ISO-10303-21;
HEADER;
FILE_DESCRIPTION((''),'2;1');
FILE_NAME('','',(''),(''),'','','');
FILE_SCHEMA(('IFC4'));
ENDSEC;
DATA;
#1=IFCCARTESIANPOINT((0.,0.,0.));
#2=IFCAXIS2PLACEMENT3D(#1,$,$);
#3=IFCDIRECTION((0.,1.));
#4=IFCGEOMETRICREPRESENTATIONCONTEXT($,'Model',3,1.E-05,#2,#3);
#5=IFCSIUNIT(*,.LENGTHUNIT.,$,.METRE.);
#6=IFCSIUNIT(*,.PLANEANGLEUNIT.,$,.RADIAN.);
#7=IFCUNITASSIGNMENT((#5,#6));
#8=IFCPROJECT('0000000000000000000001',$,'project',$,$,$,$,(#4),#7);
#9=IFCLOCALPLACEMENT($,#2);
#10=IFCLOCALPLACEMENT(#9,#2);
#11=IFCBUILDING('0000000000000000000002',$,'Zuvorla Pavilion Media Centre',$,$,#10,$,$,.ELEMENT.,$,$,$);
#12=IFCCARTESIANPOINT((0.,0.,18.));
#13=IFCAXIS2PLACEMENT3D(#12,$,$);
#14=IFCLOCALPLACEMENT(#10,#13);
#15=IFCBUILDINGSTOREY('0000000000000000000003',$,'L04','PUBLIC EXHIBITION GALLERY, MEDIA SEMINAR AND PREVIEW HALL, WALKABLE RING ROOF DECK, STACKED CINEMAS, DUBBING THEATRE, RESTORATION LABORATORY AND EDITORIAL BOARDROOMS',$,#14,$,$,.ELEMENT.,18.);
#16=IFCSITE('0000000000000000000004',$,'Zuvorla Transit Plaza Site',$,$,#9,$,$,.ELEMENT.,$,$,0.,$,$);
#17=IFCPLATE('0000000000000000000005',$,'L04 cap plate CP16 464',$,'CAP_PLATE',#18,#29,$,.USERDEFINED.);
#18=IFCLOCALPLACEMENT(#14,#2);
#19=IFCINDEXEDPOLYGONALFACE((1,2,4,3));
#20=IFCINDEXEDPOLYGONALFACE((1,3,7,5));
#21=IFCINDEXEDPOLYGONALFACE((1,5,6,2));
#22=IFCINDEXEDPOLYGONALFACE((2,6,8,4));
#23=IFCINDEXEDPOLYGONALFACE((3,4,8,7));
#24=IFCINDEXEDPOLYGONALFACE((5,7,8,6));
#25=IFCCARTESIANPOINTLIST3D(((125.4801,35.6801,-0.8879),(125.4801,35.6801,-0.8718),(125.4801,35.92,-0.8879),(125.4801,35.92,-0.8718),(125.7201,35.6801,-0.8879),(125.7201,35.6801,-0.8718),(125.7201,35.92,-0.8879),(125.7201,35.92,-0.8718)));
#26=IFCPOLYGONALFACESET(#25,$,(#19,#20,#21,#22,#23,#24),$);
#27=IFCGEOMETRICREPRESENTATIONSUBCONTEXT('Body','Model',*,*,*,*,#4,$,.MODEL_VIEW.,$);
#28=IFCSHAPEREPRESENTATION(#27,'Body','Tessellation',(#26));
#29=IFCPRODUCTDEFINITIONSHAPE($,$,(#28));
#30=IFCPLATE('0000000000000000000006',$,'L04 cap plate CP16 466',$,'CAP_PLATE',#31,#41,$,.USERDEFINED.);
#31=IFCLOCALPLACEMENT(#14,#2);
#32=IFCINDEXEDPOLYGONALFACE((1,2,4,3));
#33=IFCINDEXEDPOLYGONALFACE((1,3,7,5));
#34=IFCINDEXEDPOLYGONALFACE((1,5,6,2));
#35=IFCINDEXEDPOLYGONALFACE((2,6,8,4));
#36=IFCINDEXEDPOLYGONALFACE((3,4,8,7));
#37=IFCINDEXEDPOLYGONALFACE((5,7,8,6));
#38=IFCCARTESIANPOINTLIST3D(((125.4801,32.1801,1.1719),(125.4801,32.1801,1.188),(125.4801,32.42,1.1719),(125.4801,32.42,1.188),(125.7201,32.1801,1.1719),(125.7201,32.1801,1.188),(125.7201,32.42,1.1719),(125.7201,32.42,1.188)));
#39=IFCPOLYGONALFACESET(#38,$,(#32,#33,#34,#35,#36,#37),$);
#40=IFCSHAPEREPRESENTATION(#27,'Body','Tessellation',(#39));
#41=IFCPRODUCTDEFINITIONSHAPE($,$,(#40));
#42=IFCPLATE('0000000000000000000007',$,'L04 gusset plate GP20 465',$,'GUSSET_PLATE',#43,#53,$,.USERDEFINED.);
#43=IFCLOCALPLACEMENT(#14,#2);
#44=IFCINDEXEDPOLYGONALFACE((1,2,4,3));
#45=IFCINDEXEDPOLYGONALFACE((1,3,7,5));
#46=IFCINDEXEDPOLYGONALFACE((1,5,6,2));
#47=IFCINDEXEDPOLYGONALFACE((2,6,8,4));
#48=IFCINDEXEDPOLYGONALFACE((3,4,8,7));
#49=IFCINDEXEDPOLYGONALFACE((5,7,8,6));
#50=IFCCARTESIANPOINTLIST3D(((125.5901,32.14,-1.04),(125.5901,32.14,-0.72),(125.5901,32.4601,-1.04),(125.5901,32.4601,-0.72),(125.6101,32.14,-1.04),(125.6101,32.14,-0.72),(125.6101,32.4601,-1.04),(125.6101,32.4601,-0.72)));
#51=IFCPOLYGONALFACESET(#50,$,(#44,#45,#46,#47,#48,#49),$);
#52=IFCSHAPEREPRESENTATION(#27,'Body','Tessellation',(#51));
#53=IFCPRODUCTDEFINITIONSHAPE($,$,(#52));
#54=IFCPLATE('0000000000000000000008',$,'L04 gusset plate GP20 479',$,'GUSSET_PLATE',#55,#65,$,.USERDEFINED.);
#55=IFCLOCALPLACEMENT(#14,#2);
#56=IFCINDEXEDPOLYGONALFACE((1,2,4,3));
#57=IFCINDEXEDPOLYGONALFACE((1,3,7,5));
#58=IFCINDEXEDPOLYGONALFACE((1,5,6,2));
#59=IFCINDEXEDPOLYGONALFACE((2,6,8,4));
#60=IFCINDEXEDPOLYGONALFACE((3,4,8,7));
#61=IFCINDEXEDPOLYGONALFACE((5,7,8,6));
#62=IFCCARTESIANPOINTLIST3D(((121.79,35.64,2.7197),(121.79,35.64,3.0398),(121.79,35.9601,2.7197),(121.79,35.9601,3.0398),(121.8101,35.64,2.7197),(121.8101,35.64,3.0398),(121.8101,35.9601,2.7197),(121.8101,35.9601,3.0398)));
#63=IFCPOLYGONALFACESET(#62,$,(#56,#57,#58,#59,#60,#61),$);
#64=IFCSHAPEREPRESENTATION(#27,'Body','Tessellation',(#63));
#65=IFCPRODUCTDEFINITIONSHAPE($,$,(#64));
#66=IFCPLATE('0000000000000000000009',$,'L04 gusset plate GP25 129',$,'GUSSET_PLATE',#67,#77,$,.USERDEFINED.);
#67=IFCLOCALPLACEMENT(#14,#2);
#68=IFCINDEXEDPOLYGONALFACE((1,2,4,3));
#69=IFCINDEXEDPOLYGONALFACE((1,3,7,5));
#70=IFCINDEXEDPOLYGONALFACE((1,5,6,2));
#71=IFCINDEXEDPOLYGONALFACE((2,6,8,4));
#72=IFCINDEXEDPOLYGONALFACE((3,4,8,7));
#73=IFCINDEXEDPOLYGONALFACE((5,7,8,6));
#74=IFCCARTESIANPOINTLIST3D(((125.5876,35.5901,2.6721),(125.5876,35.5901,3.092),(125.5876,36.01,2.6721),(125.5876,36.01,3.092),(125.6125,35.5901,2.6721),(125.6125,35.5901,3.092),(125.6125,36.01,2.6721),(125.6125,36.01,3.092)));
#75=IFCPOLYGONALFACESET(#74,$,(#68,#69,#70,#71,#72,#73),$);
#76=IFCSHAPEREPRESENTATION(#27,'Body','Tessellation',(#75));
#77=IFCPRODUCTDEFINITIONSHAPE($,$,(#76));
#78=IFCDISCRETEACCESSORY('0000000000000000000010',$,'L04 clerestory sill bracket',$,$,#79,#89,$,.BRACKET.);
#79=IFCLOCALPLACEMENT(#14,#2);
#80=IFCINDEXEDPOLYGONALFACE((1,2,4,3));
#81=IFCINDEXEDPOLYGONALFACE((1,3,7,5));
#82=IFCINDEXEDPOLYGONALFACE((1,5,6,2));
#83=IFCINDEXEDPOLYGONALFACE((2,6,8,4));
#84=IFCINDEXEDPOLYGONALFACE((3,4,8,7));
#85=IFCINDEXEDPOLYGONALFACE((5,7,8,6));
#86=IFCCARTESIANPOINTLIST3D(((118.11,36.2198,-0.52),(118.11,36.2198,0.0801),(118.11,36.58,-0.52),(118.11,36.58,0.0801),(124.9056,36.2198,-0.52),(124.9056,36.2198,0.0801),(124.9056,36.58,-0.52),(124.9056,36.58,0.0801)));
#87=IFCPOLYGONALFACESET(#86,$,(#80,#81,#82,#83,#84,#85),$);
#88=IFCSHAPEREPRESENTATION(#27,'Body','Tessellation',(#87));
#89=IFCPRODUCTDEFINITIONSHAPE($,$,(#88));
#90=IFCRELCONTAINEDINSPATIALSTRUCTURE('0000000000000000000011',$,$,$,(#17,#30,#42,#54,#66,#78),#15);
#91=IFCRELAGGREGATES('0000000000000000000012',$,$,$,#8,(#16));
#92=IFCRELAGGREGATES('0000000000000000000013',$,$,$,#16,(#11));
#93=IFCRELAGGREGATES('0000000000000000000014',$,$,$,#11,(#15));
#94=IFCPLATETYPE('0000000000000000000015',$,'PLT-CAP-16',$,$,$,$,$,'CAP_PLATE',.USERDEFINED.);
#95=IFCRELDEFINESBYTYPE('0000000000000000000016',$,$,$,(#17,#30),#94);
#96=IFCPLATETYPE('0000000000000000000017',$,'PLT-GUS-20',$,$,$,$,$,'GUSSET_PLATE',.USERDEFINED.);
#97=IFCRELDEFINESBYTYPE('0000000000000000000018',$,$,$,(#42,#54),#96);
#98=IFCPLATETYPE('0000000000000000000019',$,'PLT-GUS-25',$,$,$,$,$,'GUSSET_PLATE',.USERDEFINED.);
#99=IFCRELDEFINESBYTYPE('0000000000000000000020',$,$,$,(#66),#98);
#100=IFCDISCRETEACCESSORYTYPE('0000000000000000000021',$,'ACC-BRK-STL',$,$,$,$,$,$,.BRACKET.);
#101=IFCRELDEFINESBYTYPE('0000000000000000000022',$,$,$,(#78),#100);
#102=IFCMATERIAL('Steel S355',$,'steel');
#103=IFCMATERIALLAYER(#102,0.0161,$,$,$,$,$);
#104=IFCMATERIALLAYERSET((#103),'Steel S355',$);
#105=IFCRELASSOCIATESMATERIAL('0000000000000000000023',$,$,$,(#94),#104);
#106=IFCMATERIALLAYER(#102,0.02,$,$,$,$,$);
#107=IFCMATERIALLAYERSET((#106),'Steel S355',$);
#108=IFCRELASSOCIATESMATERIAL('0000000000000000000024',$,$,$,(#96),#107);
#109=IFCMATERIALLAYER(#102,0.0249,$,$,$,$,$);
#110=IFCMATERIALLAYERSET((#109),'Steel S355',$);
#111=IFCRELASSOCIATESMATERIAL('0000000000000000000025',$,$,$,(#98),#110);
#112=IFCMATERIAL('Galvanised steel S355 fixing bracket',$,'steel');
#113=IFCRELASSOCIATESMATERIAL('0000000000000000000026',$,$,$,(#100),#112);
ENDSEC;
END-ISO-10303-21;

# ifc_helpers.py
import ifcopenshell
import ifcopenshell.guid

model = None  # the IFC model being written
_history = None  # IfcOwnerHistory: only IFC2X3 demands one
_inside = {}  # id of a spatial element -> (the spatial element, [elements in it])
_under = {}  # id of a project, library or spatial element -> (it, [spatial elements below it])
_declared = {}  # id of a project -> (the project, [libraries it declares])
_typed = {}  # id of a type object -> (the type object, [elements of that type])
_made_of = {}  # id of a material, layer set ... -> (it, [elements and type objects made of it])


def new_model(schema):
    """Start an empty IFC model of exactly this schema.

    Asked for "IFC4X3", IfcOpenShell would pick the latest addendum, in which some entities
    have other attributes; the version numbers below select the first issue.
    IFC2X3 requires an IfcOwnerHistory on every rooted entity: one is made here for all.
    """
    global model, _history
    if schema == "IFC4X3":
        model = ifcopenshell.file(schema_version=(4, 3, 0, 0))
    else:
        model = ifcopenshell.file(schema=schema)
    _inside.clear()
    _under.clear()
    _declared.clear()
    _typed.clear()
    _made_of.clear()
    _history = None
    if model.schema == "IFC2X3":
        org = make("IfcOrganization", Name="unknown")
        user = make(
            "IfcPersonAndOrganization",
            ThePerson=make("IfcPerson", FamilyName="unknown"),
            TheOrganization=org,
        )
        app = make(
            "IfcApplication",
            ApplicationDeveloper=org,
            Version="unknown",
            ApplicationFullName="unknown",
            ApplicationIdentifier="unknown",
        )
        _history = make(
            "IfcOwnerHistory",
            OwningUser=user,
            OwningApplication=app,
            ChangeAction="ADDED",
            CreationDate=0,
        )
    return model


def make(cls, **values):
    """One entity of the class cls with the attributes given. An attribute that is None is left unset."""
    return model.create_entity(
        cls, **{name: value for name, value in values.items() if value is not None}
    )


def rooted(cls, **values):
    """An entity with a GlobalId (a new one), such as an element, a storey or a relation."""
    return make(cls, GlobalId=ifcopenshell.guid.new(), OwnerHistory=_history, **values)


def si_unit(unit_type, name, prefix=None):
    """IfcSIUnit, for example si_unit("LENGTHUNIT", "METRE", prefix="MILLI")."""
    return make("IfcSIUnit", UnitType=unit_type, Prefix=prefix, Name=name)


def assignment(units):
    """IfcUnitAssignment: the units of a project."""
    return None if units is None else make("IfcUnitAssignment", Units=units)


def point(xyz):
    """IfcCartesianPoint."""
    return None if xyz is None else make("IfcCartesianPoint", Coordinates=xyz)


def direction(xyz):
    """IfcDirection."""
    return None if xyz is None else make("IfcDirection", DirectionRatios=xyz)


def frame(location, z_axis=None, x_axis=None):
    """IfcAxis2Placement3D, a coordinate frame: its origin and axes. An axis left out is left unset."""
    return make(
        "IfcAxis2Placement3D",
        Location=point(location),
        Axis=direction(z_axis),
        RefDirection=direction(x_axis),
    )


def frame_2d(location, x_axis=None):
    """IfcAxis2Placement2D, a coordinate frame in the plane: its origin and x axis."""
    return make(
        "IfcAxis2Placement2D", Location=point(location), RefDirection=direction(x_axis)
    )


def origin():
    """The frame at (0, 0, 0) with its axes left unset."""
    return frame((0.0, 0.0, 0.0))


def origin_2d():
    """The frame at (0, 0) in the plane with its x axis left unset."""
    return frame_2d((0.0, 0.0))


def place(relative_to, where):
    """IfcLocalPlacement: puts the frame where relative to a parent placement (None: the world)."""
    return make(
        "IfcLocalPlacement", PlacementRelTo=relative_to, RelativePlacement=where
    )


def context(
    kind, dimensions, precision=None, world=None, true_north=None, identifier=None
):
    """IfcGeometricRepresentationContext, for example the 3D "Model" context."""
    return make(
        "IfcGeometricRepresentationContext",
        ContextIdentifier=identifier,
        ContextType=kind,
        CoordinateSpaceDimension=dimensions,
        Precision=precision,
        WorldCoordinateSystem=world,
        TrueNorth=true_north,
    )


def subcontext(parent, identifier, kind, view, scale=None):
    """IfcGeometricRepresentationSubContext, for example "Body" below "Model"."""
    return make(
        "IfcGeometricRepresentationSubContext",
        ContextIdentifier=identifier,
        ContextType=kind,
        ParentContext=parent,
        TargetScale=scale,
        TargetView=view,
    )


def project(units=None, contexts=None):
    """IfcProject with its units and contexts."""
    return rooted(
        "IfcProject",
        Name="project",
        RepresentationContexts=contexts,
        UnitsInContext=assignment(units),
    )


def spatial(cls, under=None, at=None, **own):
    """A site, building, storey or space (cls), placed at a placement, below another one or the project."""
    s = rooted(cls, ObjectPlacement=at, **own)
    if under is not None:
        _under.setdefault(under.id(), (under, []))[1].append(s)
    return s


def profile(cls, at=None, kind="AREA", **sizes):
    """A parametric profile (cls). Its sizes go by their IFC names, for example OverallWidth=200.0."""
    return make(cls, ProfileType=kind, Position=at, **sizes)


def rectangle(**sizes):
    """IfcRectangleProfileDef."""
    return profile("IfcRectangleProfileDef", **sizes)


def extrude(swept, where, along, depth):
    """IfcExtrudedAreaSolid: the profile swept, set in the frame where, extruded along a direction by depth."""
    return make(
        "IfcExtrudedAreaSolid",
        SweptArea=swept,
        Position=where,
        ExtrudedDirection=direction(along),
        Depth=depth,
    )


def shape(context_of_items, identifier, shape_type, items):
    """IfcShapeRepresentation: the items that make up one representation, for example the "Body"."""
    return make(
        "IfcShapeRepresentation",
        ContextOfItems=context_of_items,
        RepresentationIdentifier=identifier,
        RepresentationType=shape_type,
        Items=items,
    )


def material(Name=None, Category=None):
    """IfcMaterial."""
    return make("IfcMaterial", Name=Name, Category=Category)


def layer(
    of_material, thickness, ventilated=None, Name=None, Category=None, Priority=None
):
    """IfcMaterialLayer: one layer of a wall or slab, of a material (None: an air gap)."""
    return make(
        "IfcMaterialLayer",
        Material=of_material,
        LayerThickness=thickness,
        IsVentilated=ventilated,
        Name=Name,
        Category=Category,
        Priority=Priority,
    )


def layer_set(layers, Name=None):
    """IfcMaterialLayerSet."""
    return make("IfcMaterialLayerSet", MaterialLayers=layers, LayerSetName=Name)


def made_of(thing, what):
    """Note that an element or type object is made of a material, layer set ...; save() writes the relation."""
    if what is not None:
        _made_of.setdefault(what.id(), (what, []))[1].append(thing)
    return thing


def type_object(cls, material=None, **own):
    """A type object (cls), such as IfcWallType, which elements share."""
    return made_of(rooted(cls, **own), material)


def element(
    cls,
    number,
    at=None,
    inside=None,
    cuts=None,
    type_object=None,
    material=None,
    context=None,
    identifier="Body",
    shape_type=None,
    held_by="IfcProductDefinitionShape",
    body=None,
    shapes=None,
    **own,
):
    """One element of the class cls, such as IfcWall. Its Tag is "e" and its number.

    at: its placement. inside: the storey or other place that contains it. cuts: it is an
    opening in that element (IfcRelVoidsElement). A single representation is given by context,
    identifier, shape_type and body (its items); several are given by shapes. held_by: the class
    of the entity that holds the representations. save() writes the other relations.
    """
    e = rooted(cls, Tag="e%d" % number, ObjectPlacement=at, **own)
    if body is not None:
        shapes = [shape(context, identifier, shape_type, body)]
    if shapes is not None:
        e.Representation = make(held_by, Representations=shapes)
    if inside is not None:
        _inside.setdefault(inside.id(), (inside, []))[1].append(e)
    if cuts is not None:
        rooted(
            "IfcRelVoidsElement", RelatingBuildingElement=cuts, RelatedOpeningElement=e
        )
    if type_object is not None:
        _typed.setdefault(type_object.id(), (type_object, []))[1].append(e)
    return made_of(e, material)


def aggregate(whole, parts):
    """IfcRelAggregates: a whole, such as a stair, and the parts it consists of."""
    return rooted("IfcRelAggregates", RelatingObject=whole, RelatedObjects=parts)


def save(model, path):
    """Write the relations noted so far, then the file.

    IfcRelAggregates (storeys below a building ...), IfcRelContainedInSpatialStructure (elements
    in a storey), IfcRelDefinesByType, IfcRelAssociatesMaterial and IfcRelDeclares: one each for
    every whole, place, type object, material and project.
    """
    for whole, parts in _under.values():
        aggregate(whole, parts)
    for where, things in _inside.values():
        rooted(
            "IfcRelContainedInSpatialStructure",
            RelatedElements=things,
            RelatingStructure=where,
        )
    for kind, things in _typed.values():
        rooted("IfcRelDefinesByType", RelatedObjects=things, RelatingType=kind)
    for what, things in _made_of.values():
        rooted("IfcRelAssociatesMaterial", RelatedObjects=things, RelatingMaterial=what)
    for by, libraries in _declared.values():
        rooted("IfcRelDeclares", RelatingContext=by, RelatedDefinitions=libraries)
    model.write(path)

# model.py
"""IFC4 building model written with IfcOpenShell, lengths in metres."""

from ifc_helpers import new_model, si_unit, direction, frame, origin, origin_2d, place, context, subcontext, project, spatial, rectangle, extrude, material, layer, layer_set, type_object, element, save


model = new_model("IFC4")

# Units and contexts
model_context = context("Model", 3, precision=1e-05, world=origin(), true_north=direction((0.0, 1.0)))
body_context = subcontext(model_context, "Body", "Model", "MODEL_VIEW")
ifc_project = project(units=[si_unit("LENGTHUNIT", "METRE"), si_unit("PLANEANGLEUNIT", "RADIAN")], contexts=[model_context])

# Site, building, storey
site_placement = place(None, origin())
site = spatial("IfcSite", under=ifc_project, at=site_placement, Name="Zuvorla Transit Plaza Site", CompositionType="ELEMENT", RefElevation=0.0)
building_placement = place(site_placement, origin())
building = spatial("IfcBuilding", under=site, at=building_placement, Name="Zuvorla Pavilion Media Centre", CompositionType="ELEMENT")
storey_placement = place(building_placement, frame((0.0, 0.0, 18.0)))
storey = spatial("IfcBuildingStorey", under=building, at=storey_placement, Name="L04", Description="PUBLIC EXHIBITION GALLERY, MEDIA SEMINAR AND PREVIEW HALL, WALKABLE RING ROOF DECK, STACKED CINEMAS, DUBBING THEATRE, RESTORATION LABORATORY AND EDITORIAL BOARDROOMS", CompositionType="ELEMENT", Elevation=18.0)

# Shared definitions
ifc_material_1 = material(Name="Steel S355", Category="steel")

# Plates
ifc_layer_1 = layer(ifc_material_1, 0.0161)
ifc_layer_set_1 = layer_set([ifc_layer_1], Name="Steel S355")
plate_type_1 = type_object("IfcPlateType", Name="PLT-CAP-16", ElementType="CAP_PLATE", PredefinedType="USERDEFINED", material=ifc_layer_set_1)
for number, where, z_axis, x_axis, name in (
    (1, (125.6001, 35.8, -0.8879), (0.0, 0.0, 1.0), (1.0, 0.0, 0.0), "L04 cap plate CP16 464"),
    (2, (125.6001, 32.3, 1.1719), (0.0, 0.0, 1.0), (1.0, 0.0, 0.0), "L04 cap plate CP16 466"),
):
    element("IfcPlate", number, at=place(storey_placement, frame(where, z_axis=z_axis, x_axis=x_axis)), inside=storey, type_object=plate_type_1, Name=name, ObjectType="CAP_PLATE", PredefinedType="USERDEFINED", context=body_context, shape_type="SweptSolid", body=[
        extrude(rectangle(XDim=0.24, YDim=0.24, at=origin_2d()), origin(), (0.0, 0.0, 1.0), 0.0161),
    ])
ifc_layer_2 = layer(ifc_material_1, 0.02)
ifc_layer_set_2 = layer_set([ifc_layer_2], Name="Steel S355")
plate_type_2 = type_object("IfcPlateType", Name="PLT-GUS-20", ElementType="GUSSET_PLATE", PredefinedType="USERDEFINED", material=ifc_layer_set_2)
for number, where, z_axis, x_axis, name in (
    (3, (125.6001, 32.3, -1.04), (0.0, 0.0, 1.0), (1.0, 0.0, 0.0), "L04 gusset plate GP20 465"),
    (4, (121.8, 35.8, 2.7197), (0.0, 0.0, 1.0), (1.0, 0.0, 0.0), "L04 gusset plate GP20 479"),
):
    element("IfcPlate", number, at=place(storey_placement, frame(where, z_axis=z_axis, x_axis=x_axis)), inside=storey, type_object=plate_type_2, Name=name, ObjectType="GUSSET_PLATE", PredefinedType="USERDEFINED", context=body_context, shape_type="SweptSolid", body=[
        extrude(rectangle(XDim=0.02, YDim=0.3201, at=origin_2d()), origin(), (0.0, 0.0, 1.0), 0.3201),
    ])
ifc_layer_3 = layer(ifc_material_1, 0.0249)
ifc_layer_set_3 = layer_set([ifc_layer_3], Name="Steel S355")
plate_type_3 = type_object("IfcPlateType", Name="PLT-GUS-25", ElementType="GUSSET_PLATE", PredefinedType="USERDEFINED", material=ifc_layer_set_3)
plate_1_placement = place(storey_placement, frame((125.6001, 35.8, 2.6721), z_axis=(0.0, 0.0, 1.0), x_axis=(1.0, 0.0, 0.0)))
element("IfcPlate", 5, at=plate_1_placement, inside=storey, type_object=plate_type_3, Name="L04 gusset plate GP25 129", ObjectType="GUSSET_PLATE", PredefinedType="USERDEFINED", context=body_context, shape_type="SweptSolid", body=[
    extrude(rectangle(XDim=0.0249, YDim=0.4199, at=origin_2d()), origin(), (0.0, 0.0, 1.0), 0.4199),
])

# Discrete accessory
ifc_material_2 = material(Name="Galvanised steel S355 fixing bracket", Category="steel")
discrete_accessory_type = type_object("IfcDiscreteAccessoryType", Name="ACC-BRK-STL", PredefinedType="BRACKET", material=ifc_material_2)
discrete_accessory_placement = place(storey_placement, frame((121.5078, 36.3999, -0.52), z_axis=(0.0, 0.0, 1.0), x_axis=(1.0, 0.0, 0.0)))
element("IfcDiscreteAccessory", 6, at=discrete_accessory_placement, inside=storey, type_object=discrete_accessory_type, Name="L04 clerestory sill bracket", PredefinedType="BRACKET", context=body_context, shape_type="SweptSolid", body=[
    extrude(rectangle(XDim=6.7957, YDim=0.3601, at=origin_2d()), origin(), (0.0, 0.0, 1.0), 0.6001),
])

save(model, "model.ifc")
